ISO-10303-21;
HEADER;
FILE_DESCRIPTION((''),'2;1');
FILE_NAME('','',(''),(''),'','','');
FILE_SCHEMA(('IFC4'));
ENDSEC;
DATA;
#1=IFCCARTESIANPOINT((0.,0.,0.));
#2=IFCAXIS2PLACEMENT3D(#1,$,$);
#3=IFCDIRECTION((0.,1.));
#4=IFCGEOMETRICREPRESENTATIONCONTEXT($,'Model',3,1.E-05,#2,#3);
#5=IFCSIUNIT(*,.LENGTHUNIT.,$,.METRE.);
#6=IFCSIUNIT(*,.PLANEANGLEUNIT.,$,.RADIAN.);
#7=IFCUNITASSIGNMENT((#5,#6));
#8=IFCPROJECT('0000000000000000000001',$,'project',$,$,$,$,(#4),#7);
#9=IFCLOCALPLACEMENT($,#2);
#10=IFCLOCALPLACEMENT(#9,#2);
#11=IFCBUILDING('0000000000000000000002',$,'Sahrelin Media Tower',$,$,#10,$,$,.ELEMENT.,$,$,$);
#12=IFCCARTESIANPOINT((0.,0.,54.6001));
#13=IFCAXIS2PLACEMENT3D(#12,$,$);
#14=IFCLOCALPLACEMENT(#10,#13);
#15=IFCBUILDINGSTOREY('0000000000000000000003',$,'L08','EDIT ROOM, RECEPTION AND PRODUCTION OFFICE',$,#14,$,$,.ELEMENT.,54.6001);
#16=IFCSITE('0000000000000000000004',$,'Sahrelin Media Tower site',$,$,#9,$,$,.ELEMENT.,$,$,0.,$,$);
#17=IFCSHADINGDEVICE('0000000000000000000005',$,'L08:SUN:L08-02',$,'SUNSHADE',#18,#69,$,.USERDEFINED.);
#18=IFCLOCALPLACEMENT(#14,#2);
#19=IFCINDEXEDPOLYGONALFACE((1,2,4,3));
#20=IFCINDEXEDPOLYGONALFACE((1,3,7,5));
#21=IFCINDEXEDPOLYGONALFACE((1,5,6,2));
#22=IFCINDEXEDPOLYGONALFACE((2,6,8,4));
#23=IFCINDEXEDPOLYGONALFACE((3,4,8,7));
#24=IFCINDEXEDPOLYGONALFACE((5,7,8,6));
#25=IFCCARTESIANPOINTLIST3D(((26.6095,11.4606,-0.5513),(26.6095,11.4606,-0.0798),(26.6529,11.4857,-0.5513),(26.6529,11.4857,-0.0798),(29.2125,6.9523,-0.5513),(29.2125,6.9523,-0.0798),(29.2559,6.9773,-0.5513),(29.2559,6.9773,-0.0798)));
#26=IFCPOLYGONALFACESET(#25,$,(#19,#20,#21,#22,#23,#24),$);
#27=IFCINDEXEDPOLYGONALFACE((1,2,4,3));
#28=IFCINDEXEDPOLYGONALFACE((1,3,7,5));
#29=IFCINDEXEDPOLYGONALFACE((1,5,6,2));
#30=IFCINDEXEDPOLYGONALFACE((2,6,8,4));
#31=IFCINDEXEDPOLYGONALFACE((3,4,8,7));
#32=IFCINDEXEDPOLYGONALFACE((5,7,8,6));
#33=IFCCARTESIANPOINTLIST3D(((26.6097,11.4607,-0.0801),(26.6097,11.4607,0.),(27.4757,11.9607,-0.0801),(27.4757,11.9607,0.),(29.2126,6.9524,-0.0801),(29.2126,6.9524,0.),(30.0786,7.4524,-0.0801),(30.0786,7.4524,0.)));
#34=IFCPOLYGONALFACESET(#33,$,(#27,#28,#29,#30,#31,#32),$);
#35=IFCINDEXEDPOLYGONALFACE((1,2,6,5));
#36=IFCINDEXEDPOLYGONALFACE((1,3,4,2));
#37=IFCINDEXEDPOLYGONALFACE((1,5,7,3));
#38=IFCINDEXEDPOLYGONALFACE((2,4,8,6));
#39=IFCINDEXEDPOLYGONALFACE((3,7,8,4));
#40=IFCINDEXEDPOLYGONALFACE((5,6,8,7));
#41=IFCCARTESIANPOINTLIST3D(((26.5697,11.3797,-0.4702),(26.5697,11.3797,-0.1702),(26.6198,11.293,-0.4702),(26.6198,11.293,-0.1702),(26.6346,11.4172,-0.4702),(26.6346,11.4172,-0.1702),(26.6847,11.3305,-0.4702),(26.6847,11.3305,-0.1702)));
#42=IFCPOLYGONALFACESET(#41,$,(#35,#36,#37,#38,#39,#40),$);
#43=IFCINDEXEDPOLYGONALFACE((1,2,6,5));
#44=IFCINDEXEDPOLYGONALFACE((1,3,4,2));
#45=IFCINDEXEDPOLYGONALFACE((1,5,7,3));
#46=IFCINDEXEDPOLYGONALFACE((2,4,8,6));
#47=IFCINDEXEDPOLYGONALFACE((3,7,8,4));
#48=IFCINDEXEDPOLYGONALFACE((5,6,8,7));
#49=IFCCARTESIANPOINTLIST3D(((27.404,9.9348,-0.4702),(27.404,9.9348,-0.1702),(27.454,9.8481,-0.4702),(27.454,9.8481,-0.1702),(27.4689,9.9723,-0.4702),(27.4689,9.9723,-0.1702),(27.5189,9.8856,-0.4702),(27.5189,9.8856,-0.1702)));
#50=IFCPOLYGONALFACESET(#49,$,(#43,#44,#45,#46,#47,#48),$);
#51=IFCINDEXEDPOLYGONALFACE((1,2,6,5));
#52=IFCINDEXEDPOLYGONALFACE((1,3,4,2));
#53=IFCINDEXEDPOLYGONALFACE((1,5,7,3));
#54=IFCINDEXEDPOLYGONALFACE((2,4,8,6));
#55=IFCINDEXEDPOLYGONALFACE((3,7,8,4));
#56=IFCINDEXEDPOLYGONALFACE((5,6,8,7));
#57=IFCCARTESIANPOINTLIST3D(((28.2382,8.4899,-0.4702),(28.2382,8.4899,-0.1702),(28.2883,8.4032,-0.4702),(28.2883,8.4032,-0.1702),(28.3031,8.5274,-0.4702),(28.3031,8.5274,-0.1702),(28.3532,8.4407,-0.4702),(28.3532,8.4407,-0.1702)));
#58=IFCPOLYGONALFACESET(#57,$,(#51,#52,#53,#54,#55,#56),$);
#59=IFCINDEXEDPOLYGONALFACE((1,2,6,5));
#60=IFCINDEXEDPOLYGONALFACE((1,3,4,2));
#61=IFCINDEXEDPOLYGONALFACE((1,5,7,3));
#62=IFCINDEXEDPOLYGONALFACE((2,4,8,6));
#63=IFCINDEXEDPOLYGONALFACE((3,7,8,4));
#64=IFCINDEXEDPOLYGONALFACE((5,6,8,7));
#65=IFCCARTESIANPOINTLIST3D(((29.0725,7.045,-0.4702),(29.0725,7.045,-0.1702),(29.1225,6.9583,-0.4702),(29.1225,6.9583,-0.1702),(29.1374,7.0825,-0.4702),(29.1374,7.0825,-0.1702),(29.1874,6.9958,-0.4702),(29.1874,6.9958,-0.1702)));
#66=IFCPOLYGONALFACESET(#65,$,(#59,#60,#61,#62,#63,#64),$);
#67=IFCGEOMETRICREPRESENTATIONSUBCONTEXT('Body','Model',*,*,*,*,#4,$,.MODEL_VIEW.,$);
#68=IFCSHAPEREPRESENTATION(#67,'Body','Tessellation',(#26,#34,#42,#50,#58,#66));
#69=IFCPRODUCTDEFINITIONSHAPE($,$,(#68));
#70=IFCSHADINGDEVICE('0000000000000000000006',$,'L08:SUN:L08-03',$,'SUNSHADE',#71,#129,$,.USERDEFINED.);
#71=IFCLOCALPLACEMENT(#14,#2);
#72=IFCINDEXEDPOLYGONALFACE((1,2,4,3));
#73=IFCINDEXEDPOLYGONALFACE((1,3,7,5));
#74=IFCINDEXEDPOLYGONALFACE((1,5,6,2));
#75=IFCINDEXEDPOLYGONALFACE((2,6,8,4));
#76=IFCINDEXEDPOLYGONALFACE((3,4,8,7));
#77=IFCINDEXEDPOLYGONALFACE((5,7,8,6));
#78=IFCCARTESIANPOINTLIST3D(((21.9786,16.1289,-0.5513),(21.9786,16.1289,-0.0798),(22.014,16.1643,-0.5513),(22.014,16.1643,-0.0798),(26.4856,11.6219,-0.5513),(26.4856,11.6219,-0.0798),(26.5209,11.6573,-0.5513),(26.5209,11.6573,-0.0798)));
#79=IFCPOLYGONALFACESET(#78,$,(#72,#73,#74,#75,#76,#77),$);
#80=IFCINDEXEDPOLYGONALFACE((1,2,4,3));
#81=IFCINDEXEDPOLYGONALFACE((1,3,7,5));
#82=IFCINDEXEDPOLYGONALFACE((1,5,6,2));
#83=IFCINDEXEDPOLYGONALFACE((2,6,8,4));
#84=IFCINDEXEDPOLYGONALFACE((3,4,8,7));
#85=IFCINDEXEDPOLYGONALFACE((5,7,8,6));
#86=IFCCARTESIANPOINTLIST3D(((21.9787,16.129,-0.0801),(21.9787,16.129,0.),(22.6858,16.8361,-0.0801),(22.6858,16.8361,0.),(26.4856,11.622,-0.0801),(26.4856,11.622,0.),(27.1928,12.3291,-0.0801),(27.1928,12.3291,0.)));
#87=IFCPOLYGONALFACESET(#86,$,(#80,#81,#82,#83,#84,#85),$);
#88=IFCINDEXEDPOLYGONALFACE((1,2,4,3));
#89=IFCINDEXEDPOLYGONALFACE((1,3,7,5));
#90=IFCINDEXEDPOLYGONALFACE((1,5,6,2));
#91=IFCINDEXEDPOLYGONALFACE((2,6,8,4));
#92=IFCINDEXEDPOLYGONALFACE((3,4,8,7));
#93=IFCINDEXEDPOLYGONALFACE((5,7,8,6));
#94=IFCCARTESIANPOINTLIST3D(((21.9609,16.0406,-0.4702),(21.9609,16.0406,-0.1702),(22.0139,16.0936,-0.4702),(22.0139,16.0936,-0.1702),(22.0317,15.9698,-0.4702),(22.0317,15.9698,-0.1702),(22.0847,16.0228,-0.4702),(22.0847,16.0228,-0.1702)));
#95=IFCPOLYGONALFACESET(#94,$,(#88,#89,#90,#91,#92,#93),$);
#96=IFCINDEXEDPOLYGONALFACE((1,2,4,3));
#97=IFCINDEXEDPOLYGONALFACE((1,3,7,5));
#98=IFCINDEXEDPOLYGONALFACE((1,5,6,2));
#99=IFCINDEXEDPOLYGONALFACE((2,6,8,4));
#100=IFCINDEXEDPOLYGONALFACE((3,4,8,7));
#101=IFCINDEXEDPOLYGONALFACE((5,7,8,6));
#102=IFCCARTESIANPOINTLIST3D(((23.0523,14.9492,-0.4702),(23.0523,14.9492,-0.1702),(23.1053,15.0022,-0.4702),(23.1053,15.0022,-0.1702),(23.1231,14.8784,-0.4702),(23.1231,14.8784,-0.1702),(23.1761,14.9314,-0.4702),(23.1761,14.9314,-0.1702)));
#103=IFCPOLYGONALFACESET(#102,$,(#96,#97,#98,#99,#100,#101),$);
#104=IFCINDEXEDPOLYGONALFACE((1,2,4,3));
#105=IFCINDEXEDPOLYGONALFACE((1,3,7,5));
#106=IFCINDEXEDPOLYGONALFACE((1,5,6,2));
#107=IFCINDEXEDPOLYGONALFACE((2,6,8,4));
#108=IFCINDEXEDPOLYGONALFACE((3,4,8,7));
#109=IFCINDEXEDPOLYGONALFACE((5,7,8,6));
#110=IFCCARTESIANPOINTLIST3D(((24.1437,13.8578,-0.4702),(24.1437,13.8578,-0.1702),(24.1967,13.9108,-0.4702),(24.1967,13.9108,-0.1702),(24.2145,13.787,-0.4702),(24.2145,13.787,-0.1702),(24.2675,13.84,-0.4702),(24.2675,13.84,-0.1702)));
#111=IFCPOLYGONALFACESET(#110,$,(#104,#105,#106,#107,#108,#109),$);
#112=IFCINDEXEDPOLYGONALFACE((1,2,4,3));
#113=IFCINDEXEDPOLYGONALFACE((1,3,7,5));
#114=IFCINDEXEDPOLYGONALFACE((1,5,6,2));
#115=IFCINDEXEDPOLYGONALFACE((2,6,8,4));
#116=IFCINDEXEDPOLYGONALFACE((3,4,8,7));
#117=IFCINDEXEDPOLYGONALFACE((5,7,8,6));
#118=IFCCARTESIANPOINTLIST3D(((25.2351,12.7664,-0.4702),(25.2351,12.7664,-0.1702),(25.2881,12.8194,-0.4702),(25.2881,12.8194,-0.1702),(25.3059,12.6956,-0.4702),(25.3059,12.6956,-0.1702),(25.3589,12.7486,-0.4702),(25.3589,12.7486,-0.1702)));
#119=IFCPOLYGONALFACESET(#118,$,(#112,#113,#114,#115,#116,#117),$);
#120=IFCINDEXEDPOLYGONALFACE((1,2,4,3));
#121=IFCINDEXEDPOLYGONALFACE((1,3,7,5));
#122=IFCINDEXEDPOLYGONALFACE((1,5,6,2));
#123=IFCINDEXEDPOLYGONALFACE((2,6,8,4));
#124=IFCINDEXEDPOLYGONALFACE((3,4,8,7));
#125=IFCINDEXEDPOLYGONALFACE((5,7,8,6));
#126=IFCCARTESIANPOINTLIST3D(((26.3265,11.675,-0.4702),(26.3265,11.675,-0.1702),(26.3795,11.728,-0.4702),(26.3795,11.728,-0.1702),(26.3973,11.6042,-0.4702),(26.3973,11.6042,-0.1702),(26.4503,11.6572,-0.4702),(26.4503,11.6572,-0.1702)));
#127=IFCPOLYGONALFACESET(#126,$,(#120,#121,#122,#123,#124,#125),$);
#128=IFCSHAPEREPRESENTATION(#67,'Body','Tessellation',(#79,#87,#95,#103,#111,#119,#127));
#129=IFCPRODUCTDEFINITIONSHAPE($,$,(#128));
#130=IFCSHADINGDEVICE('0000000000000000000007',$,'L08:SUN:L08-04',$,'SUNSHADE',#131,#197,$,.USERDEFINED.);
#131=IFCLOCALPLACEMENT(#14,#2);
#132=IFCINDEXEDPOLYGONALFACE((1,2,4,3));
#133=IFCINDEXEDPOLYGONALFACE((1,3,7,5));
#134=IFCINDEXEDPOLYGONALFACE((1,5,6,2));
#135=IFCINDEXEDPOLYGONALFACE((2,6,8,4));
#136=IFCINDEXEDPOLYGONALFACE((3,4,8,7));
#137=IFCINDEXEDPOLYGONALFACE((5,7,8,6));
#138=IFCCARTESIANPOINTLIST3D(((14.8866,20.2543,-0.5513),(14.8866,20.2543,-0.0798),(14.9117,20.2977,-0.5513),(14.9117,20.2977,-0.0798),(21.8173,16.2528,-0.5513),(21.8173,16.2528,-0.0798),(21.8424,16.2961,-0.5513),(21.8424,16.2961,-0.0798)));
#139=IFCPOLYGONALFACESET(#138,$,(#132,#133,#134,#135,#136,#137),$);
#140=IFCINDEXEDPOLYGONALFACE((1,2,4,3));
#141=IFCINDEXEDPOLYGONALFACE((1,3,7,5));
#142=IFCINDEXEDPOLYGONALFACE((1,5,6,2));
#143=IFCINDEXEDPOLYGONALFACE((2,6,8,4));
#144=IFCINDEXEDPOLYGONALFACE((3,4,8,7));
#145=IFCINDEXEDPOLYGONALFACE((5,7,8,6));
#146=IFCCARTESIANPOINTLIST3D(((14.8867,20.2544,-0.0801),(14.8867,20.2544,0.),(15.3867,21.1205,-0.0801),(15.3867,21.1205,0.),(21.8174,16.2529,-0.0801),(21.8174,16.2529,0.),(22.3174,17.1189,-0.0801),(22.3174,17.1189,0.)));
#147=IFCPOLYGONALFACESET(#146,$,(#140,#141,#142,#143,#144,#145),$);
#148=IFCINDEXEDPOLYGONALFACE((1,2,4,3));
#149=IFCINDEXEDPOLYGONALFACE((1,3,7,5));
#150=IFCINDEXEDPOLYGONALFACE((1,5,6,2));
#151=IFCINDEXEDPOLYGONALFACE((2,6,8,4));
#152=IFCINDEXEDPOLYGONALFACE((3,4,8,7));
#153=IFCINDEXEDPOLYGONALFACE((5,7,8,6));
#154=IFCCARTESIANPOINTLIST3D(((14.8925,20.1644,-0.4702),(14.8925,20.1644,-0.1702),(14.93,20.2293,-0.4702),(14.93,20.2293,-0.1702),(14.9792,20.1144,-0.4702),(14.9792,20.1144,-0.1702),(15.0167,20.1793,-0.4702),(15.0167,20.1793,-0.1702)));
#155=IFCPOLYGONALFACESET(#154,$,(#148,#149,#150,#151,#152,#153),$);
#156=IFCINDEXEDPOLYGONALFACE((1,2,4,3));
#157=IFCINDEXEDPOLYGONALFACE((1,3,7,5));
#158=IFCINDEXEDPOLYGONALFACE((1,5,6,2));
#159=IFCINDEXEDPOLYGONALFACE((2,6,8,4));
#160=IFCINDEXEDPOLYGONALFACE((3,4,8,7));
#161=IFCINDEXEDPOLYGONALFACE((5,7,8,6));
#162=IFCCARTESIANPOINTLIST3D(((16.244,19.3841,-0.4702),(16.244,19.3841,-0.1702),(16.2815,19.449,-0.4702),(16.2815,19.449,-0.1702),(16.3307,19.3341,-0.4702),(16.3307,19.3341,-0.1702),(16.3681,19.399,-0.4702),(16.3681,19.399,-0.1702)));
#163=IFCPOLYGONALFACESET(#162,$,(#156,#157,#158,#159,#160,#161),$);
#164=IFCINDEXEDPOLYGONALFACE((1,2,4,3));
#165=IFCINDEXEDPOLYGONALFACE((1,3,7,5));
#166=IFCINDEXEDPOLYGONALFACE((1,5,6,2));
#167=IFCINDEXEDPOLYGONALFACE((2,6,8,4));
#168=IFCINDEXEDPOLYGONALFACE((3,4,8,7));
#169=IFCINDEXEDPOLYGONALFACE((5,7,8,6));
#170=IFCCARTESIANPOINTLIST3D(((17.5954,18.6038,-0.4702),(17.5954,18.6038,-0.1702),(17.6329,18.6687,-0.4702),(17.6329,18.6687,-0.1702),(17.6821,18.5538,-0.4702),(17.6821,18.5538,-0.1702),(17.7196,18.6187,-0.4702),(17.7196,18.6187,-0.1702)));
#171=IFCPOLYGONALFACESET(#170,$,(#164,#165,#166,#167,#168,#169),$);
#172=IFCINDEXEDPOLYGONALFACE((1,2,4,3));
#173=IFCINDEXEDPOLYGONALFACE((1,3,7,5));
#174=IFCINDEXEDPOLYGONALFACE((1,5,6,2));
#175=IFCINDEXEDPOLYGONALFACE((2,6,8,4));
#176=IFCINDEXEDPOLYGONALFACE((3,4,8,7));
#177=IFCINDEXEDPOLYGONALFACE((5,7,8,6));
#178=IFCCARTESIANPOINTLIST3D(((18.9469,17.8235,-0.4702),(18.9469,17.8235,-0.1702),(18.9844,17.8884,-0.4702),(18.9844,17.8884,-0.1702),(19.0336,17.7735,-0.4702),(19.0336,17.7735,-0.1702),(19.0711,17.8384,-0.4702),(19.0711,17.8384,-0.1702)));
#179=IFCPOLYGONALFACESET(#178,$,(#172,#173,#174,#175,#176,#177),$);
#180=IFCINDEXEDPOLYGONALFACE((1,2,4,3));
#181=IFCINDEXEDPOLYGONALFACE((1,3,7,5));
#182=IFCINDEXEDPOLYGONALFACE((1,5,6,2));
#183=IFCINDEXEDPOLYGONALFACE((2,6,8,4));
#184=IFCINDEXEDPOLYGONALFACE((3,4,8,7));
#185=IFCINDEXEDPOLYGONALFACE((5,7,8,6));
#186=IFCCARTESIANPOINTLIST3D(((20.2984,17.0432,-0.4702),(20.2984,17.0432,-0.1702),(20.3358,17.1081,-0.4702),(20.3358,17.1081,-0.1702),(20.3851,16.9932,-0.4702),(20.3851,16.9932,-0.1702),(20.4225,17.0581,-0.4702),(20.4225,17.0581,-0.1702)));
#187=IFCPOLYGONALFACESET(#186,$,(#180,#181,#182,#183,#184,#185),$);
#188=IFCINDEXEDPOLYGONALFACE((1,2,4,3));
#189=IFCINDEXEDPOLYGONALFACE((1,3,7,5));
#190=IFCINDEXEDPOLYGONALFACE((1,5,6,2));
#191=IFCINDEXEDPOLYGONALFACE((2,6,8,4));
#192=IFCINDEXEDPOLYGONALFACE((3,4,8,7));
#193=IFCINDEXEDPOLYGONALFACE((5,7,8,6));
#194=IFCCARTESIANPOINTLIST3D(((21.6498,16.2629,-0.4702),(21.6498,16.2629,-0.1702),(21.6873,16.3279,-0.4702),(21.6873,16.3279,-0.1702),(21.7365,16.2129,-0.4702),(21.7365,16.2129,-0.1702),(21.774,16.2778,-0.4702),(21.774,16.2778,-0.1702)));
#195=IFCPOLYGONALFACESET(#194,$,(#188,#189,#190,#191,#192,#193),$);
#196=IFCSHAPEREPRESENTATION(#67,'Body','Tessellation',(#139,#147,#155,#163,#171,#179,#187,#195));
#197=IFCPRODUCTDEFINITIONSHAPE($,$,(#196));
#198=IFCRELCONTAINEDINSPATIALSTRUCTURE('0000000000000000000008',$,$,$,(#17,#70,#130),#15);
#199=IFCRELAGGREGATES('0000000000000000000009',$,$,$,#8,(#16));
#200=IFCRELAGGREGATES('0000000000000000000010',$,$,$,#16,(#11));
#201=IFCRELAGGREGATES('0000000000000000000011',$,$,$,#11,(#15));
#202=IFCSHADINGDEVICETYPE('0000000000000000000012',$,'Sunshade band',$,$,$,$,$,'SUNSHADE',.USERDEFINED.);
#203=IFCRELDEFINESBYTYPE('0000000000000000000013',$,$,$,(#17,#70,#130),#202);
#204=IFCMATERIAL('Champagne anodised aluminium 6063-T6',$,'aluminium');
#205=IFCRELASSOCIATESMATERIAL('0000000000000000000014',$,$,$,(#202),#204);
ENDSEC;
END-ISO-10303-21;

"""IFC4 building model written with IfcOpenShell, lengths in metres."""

from ifc_helpers import new_model, si_unit, direction, frame, origin, origin_2d, place, context, subcontext, project, spatial, rectangle, extrude, material, type_object, element, save


model = new_model("IFC4")

# Units and contexts
model_context = context("Model", 3, precision=1e-05, world=origin(), true_north=direction((0.0, 1.0)))
body_context = subcontext(model_context, "Body", "Model", "MODEL_VIEW")
ifc_project = project(units=[si_unit("LENGTHUNIT", "METRE"), si_unit("PLANEANGLEUNIT", "RADIAN")], contexts=[model_context])

# Site, building, storey
site_placement = place(None, origin())
site = spatial("IfcSite", under=ifc_project, at=site_placement, Name="Sahrelin Media Tower site", CompositionType="ELEMENT", RefElevation=0.0)
building_placement = place(site_placement, origin())
building = spatial("IfcBuilding", under=site, at=building_placement, Name="Sahrelin Media Tower", CompositionType="ELEMENT")
storey_placement = place(building_placement, frame((0.0, 0.0, 54.6001)))
storey = spatial("IfcBuildingStorey", under=building, at=storey_placement, Name="L08", Description="EDIT ROOM, RECEPTION AND PRODUCTION OFFICE", CompositionType="ELEMENT", Elevation=54.6001)

# Shared definitions
ifc_material_1 = material(Name="Champagne anodised aluminium 6063-T6", Category="aluminium")

# Shading devices
placement_1 = place(storey_placement, frame((27.8938, 9.1965, 0.0), z_axis=(0.0, 0.0, 1.0), x_axis=(0.500011, -0.866019, 0.0)))
placement_2 = place(storey_placement, frame((24.218, 13.8613, 0.0), z_axis=(0.0, 0.0, 1.0), x_axis=(0.707107, -0.707107, 0.0)))
placement_3 = place(storey_placement, frame((18.342, 18.2363, 0.0), z_axis=(0.0, 0.0, 1.0), x_axis=(0.866019, -0.500011, 0.0)))
shading_device_type_1 = type_object("IfcShadingDeviceType", Name="Sunshade band", ElementType="SUNSHADE", PredefinedType="USERDEFINED", material=ifc_material_1)
element("IfcShadingDevice", 1, at=placement_1, inside=storey, type_object=shading_device_type_1, Name="L08:SUN:L08-02", ObjectType="SUNSHADE", PredefinedType="USERDEFINED", context=body_context, shape_type="SweptSolid", body=[
    extrude(rectangle(XDim=5.2058, YDim=0.05, at=origin_2d()), frame((0.0, 0.0449, -0.5513)), (0.0, 0.0, 1.0), 0.4714),
    extrude(rectangle(XDim=5.2058, YDim=1.0, at=origin_2d()), frame((0.0, 0.52, -0.0801)), (0.0, 0.0, 1.0), 0.0801),
    extrude(rectangle(XDim=0.1001, YDim=0.075, at=origin_2d()), frame((-2.5027, -0.0176, -0.4702)), (0.0, 0.0, 1.0), 0.3),
    extrude(rectangle(XDim=0.1001, YDim=0.075, at=origin_2d()), frame((-0.8342, -0.0176, -0.4702)), (0.0, 0.0, 1.0), 0.3),
    extrude(rectangle(XDim=0.1001, YDim=0.075, at=origin_2d()), frame((0.8342, -0.0176, -0.4702)), (0.0, 0.0, 1.0), 0.3),
    extrude(rectangle(XDim=0.1001, YDim=0.075, at=origin_2d()), frame((2.5027, -0.0176, -0.4702)), (0.0, 0.0, 1.0), 0.3),
])
element("IfcShadingDevice", 2, at=placement_2, inside=storey, type_object=shading_device_type_1, Name="L08:SUN:L08-03", ObjectType="SUNSHADE", PredefinedType="USERDEFINED", context=body_context, shape_type="SweptSolid", body=[
    extrude(rectangle(XDim=6.3738, YDim=0.05, at=origin_2d()), frame((0.0, 0.0449, -0.5513)), (0.0, 0.0, 1.0), 0.4714),
    extrude(rectangle(XDim=6.3738, YDim=1.0, at=origin_2d()), frame((0.0, 0.52, -0.0801)), (0.0, 0.0, 1.0), 0.0801),
    extrude(rectangle(XDim=0.1001, YDim=0.075, at=origin_2d()), frame((-3.0869, -0.0176, -0.4702)), (0.0, 0.0, 1.0), 0.3),
    extrude(rectangle(XDim=0.1001, YDim=0.075, at=origin_2d()), frame((-1.5435, -0.0176, -0.4702)), (0.0, 0.0, 1.0), 0.3),
    extrude(rectangle(XDim=0.1001, YDim=0.075, at=origin_2d()), frame((0.0, -0.0176, -0.4702)), (0.0, 0.0, 1.0), 0.3),
    extrude(rectangle(XDim=0.1001, YDim=0.075, at=origin_2d()), frame((1.5435, -0.0176, -0.4702)), (0.0, 0.0, 1.0), 0.3),
    extrude(rectangle(XDim=0.1001, YDim=0.075, at=origin_2d()), frame((3.0869, -0.0176, -0.4702)), (0.0, 0.0, 1.0), 0.3),
])
element("IfcShadingDevice", 3, at=placement_3, inside=storey, type_object=shading_device_type_1, Name="L08:SUN:L08-04", ObjectType="SUNSHADE", PredefinedType="USERDEFINED", context=body_context, shape_type="SweptSolid", body=[
    extrude(rectangle(XDim=8.0029, YDim=0.05, at=origin_2d()), frame((0.0, 0.0449, -0.5513)), (0.0, 0.0, 1.0), 0.4714),
    extrude(rectangle(XDim=8.0029, YDim=1.0, at=origin_2d()), frame((0.0, 0.52, -0.0801)), (0.0, 0.0, 1.0), 0.0801),
    extrude(rectangle(XDim=0.1001, YDim=0.075, at=origin_2d()), frame((-3.9014, -0.0176, -0.4702)), (0.0, 0.0, 1.0), 0.3),
    extrude(rectangle(XDim=0.1001, YDim=0.075, at=origin_2d()), frame((-2.3408, -0.0176, -0.4702)), (0.0, 0.0, 1.0), 0.3),
    extrude(rectangle(XDim=0.1001, YDim=0.075, at=origin_2d()), frame((-0.7803, -0.0176, -0.4702)), (0.0, 0.0, 1.0), 0.3),
    extrude(rectangle(XDim=0.1001, YDim=0.075, at=origin_2d()), frame((0.7803, -0.0176, -0.4702)), (0.0, 0.0, 1.0), 0.3),
    extrude(rectangle(XDim=0.1001, YDim=0.075, at=origin_2d()), frame((2.3408, -0.0176, -0.4702)), (0.0, 0.0, 1.0), 0.3),
    extrude(rectangle(XDim=0.1001, YDim=0.075, at=origin_2d()), frame((3.9014, -0.0176, -0.4702)), (0.0, 0.0, 1.0), 0.3),
])

save(model, "model.ifc")
